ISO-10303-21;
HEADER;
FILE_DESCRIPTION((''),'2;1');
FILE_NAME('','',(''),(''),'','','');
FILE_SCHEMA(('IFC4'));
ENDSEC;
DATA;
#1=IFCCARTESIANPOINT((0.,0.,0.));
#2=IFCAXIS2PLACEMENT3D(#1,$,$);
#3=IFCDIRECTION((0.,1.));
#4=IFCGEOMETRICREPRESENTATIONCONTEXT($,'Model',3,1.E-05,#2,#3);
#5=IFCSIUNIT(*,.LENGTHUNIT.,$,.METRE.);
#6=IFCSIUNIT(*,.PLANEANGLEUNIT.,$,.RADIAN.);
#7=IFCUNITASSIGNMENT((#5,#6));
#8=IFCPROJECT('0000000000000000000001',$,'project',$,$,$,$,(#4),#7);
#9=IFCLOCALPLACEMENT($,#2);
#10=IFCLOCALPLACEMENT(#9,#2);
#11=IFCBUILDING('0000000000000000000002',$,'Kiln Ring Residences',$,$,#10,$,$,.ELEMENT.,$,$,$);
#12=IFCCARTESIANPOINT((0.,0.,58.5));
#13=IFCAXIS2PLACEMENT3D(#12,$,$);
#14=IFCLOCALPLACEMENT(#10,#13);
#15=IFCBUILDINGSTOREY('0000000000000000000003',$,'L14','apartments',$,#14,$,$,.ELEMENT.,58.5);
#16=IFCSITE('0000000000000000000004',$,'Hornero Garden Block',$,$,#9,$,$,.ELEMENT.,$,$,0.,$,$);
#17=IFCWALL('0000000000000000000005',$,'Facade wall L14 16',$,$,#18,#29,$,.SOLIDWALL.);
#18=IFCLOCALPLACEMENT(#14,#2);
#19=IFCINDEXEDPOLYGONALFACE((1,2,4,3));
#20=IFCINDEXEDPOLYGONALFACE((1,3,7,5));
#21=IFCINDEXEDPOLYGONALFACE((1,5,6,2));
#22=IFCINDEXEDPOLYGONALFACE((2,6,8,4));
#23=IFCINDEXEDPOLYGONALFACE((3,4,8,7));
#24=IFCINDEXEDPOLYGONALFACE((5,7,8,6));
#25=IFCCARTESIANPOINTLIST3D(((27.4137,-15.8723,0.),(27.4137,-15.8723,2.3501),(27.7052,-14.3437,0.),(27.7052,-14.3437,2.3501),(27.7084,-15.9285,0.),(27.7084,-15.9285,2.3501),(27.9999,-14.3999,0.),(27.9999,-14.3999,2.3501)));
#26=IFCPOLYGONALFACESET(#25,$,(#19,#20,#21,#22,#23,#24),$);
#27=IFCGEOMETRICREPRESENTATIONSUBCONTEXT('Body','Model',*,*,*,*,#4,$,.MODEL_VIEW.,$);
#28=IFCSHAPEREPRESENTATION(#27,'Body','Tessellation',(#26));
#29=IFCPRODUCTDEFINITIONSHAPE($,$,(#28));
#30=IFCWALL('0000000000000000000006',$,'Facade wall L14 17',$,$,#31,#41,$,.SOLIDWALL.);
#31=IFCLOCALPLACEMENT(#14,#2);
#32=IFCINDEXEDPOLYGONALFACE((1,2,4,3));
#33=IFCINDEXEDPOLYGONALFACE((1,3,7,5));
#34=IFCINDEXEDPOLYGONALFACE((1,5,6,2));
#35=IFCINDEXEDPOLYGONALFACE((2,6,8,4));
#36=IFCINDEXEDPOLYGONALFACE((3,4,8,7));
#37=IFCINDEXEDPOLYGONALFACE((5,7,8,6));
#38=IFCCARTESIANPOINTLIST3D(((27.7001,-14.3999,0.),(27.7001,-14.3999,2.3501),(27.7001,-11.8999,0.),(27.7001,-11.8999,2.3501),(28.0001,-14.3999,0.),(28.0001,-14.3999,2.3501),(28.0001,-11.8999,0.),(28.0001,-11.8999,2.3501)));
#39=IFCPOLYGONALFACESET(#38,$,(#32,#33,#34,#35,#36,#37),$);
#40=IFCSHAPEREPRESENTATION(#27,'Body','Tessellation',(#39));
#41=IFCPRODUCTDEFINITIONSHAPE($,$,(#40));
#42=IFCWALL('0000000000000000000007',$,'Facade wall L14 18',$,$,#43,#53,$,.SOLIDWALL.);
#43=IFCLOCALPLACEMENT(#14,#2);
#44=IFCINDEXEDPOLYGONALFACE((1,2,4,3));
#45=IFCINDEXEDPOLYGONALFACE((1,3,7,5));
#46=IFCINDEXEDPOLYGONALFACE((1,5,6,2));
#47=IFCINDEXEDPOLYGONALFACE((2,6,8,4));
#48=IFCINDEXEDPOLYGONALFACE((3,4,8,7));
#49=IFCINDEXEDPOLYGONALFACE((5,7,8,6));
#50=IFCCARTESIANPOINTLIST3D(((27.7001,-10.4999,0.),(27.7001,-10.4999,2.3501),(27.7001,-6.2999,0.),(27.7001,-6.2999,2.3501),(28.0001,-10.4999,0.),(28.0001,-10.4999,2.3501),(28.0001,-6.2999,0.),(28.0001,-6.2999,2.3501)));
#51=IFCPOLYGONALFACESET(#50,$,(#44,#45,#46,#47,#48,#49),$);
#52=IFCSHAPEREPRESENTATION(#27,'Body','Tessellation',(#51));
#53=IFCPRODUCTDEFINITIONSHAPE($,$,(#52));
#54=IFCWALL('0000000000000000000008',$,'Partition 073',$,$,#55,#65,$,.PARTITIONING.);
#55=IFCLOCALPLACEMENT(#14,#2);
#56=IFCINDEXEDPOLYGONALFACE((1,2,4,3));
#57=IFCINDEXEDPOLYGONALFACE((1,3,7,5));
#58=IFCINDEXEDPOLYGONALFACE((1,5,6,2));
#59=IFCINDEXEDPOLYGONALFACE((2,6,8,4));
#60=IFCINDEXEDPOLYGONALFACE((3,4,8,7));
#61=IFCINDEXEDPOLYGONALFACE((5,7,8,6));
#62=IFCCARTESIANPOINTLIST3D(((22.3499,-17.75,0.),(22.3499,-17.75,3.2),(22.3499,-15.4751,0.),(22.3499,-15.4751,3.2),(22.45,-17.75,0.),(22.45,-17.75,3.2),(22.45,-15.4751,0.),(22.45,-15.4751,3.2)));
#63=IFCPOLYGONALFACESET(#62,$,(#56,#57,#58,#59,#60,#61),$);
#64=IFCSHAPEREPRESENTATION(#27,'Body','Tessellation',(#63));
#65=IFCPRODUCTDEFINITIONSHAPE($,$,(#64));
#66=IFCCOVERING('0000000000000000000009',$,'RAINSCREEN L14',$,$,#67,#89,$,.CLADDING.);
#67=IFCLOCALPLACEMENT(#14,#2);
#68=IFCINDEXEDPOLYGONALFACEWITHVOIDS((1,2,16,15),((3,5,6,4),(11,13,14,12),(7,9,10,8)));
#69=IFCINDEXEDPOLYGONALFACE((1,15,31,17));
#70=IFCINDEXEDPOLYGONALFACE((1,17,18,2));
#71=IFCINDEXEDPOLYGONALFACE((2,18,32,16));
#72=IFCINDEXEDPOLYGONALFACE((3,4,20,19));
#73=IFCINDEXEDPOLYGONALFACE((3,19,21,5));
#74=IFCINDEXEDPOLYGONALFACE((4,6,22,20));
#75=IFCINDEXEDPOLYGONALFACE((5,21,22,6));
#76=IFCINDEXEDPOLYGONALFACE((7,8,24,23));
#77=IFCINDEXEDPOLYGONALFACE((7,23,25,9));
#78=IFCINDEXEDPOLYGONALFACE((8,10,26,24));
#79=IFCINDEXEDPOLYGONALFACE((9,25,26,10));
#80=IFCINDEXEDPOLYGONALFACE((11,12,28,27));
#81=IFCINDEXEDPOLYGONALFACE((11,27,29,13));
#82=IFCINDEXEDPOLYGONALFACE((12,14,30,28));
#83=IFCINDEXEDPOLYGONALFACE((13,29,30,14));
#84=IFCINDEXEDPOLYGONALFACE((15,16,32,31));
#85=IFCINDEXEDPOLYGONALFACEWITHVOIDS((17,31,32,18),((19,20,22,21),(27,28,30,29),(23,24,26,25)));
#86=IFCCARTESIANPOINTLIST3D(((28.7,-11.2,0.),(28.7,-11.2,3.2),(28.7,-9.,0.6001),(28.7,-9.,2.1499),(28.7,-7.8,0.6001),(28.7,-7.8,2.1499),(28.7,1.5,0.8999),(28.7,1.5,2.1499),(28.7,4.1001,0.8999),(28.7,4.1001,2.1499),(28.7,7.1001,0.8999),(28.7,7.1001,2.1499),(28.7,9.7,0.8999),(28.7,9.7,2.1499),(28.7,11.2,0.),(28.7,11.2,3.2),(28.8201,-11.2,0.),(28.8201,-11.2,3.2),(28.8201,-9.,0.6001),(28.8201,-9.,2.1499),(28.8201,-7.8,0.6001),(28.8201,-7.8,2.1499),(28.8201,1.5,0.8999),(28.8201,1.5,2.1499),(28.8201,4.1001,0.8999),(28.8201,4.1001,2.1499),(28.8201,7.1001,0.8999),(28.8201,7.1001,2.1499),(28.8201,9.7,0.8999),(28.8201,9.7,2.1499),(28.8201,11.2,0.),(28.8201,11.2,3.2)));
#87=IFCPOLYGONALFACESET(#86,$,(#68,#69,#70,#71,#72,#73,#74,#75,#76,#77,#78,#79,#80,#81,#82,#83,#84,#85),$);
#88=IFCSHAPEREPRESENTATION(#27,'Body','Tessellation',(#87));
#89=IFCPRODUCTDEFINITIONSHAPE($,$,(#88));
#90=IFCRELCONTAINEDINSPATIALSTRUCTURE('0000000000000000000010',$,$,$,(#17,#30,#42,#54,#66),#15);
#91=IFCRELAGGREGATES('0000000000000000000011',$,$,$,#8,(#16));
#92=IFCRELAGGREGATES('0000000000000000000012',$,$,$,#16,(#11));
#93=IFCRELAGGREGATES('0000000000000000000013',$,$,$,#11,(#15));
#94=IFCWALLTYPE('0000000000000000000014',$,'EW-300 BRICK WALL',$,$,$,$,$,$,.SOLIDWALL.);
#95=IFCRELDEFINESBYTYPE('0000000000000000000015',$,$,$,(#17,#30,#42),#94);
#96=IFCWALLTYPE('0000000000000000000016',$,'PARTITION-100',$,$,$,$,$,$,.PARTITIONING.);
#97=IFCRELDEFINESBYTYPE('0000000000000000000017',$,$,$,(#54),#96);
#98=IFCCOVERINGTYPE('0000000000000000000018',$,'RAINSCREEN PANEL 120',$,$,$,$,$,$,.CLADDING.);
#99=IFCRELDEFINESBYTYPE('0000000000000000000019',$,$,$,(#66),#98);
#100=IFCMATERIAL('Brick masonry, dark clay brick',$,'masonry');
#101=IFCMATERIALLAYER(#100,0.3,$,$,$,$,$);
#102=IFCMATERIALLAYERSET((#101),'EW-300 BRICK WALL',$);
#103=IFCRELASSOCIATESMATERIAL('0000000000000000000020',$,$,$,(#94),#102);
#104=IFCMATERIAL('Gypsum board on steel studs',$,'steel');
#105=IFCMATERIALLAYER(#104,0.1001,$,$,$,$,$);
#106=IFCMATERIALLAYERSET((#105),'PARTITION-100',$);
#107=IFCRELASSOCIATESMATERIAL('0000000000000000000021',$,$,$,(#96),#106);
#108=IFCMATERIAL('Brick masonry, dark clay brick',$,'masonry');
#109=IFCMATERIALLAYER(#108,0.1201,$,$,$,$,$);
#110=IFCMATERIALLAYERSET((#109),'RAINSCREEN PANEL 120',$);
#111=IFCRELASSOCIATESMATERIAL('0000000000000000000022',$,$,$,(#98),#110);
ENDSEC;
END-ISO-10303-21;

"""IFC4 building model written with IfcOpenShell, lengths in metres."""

from ifc_helpers import new_model, si_unit, direction, frame, frame_2d, origin, place, context, subcontext, project, spatial, polyline, rectangle, outline, extrude, material, layer, layer_set, type_object, element, save


model = new_model("IFC4")

# Units and contexts
model_context = context("Model", 3, precision=1e-05, world=origin(), true_north=direction((0.0, 1.0)))
body_context = subcontext(model_context, "Body", "Model", "MODEL_VIEW")
ifc_project = project(units=[si_unit("LENGTHUNIT", "METRE"), si_unit("PLANEANGLEUNIT", "RADIAN")], contexts=[model_context])

# Site, building, storey
site_placement = place(None, origin())
site = spatial("IfcSite", under=ifc_project, at=site_placement, Name="Hornero Garden Block", CompositionType="ELEMENT", RefElevation=0.0)
building_placement = place(site_placement, origin())
building = spatial("IfcBuilding", under=site, at=building_placement, Name="Kiln Ring Residences", CompositionType="ELEMENT")
storey_placement = place(building_placement, frame((0.0, 0.0, 58.5)))
storey = spatial("IfcBuildingStorey", under=building, at=storey_placement, Name="L14", Description="apartments", CompositionType="ELEMENT", Elevation=58.5)

# Walls
ifc_material_1 = material(Name="Brick masonry, dark clay brick", Category="masonry")
ifc_layer_1 = layer(ifc_material_1, 0.3)
ifc_layer_set_1 = layer_set([ifc_layer_1], Name="EW-300 BRICK WALL")
wall_type_1 = type_object("IfcWallType", Name="EW-300 BRICK WALL", PredefinedType="SOLIDWALL", material=ifc_layer_set_1)
wall_1_placement = place(storey_placement, frame((27.561, -15.9004, 0.0), z_axis=(0.0, 0.0, 1.0), x_axis=(0.187328, 0.982297, 0.0)))
element("IfcWall", 1, at=wall_1_placement, inside=storey, type_object=wall_type_1, Name="Facade wall L14 16", PredefinedType="SOLIDWALL", context=body_context, shape_type="SweptSolid", body=[
    extrude(rectangle(XDim=1.5562, YDim=0.3, at=frame_2d((0.7781, 0.0))), origin(), (0.0, 0.0, 1.0), 2.3501),
])
wall_2_placement = place(storey_placement, frame((27.8501, -14.3999, 0.0), z_axis=(0.0, 0.0, 1.0), x_axis=(0.0, 1.0, 0.0)))
element("IfcWall", 2, at=wall_2_placement, inside=storey, type_object=wall_type_1, Name="Facade wall L14 17", PredefinedType="SOLIDWALL", context=body_context, shape_type="SweptSolid", body=[
    extrude(rectangle(XDim=2.5, YDim=0.3, at=frame_2d((1.25, 0.0))), origin(), (0.0, 0.0, 1.0), 2.3501),
])
wall_3_placement = place(storey_placement, frame((27.8501, -10.5, 0.0), z_axis=(0.0, 0.0, 1.0), x_axis=(0.0, 1.0, 0.0)))
element("IfcWall", 3, at=wall_3_placement, inside=storey, type_object=wall_type_1, Name="Facade wall L14 18", PredefinedType="SOLIDWALL", context=body_context, shape_type="SweptSolid", body=[
    extrude(rectangle(XDim=4.2, YDim=0.3, at=frame_2d((2.1001, 0.0))), origin(), (0.0, 0.0, 1.0), 2.3501),
])
ifc_material_2 = material(Name="Gypsum board on steel studs", Category="steel")
ifc_layer_2 = layer(ifc_material_2, 0.1001)
ifc_layer_set_2 = layer_set([ifc_layer_2], Name="PARTITION-100")
wall_type_2 = type_object("IfcWallType", Name="PARTITION-100", PredefinedType="PARTITIONING", material=ifc_layer_set_2)
wall_4_placement = place(storey_placement, frame((22.3999, -17.75, 0.0), z_axis=(0.0, 0.0, 1.0), x_axis=(0.0, 1.0, 0.0)))
element("IfcWall", 4, at=wall_4_placement, inside=storey, type_object=wall_type_2, Name="Partition 073", PredefinedType="PARTITIONING", context=body_context, shape_type="SweptSolid", body=[
    extrude(rectangle(XDim=2.2749, YDim=0.1001, at=frame_2d((1.1375, 0.0))), origin(), (0.0, 0.0, 1.0), 3.2),
])

# Covering
ifc_material_3 = material(Name="Brick masonry, dark clay brick", Category="masonry")
ifc_layer_3 = layer(ifc_material_3, 0.1201)
ifc_layer_set_3 = layer_set([ifc_layer_3], Name="RAINSCREEN PANEL 120")
covering_type = type_object("IfcCoveringType", Name="RAINSCREEN PANEL 120", PredefinedType="CLADDING", material=ifc_layer_set_3)
covering_placement = place(storey_placement, frame((28.76, -11.2, 0.0), z_axis=(0.0, 0.0, 1.0), x_axis=(0.0, 1.0, 0.0)))
element("IfcCovering", 5, at=covering_placement, inside=storey, type_object=covering_type, Name="RAINSCREEN L14", PredefinedType="CLADDING", context=body_context, shape_type="SweptSolid", body=[
    extrude(outline(polyline([(0.0, 0.0), (22.3999, 0.0), (22.3999, 3.2), (0.0, 3.2), (0.0, 0.0)]), holes=[polyline([(3.3999, 2.1499), (2.2, 2.1499), (2.2, 0.6001), (3.3999, 0.6001), (3.3999, 2.1499)]), polyline([(15.3, 0.8999), (15.3, 2.1499), (12.7, 2.1499), (12.7, 0.8999), (15.3, 0.8999)]), polyline([(20.8999, 0.8999), (20.8999, 2.1499), (18.3, 2.1499), (18.3, 0.8999), (20.8999, 0.8999)])]), frame((0.0, 0.0601, 0.0), z_axis=(0.0, -1.0, 0.0), x_axis=(1.0, 0.0, 0.0)), (0.0, 0.0, 1.0), 0.1201),
])

save(model, "model.ifc")
